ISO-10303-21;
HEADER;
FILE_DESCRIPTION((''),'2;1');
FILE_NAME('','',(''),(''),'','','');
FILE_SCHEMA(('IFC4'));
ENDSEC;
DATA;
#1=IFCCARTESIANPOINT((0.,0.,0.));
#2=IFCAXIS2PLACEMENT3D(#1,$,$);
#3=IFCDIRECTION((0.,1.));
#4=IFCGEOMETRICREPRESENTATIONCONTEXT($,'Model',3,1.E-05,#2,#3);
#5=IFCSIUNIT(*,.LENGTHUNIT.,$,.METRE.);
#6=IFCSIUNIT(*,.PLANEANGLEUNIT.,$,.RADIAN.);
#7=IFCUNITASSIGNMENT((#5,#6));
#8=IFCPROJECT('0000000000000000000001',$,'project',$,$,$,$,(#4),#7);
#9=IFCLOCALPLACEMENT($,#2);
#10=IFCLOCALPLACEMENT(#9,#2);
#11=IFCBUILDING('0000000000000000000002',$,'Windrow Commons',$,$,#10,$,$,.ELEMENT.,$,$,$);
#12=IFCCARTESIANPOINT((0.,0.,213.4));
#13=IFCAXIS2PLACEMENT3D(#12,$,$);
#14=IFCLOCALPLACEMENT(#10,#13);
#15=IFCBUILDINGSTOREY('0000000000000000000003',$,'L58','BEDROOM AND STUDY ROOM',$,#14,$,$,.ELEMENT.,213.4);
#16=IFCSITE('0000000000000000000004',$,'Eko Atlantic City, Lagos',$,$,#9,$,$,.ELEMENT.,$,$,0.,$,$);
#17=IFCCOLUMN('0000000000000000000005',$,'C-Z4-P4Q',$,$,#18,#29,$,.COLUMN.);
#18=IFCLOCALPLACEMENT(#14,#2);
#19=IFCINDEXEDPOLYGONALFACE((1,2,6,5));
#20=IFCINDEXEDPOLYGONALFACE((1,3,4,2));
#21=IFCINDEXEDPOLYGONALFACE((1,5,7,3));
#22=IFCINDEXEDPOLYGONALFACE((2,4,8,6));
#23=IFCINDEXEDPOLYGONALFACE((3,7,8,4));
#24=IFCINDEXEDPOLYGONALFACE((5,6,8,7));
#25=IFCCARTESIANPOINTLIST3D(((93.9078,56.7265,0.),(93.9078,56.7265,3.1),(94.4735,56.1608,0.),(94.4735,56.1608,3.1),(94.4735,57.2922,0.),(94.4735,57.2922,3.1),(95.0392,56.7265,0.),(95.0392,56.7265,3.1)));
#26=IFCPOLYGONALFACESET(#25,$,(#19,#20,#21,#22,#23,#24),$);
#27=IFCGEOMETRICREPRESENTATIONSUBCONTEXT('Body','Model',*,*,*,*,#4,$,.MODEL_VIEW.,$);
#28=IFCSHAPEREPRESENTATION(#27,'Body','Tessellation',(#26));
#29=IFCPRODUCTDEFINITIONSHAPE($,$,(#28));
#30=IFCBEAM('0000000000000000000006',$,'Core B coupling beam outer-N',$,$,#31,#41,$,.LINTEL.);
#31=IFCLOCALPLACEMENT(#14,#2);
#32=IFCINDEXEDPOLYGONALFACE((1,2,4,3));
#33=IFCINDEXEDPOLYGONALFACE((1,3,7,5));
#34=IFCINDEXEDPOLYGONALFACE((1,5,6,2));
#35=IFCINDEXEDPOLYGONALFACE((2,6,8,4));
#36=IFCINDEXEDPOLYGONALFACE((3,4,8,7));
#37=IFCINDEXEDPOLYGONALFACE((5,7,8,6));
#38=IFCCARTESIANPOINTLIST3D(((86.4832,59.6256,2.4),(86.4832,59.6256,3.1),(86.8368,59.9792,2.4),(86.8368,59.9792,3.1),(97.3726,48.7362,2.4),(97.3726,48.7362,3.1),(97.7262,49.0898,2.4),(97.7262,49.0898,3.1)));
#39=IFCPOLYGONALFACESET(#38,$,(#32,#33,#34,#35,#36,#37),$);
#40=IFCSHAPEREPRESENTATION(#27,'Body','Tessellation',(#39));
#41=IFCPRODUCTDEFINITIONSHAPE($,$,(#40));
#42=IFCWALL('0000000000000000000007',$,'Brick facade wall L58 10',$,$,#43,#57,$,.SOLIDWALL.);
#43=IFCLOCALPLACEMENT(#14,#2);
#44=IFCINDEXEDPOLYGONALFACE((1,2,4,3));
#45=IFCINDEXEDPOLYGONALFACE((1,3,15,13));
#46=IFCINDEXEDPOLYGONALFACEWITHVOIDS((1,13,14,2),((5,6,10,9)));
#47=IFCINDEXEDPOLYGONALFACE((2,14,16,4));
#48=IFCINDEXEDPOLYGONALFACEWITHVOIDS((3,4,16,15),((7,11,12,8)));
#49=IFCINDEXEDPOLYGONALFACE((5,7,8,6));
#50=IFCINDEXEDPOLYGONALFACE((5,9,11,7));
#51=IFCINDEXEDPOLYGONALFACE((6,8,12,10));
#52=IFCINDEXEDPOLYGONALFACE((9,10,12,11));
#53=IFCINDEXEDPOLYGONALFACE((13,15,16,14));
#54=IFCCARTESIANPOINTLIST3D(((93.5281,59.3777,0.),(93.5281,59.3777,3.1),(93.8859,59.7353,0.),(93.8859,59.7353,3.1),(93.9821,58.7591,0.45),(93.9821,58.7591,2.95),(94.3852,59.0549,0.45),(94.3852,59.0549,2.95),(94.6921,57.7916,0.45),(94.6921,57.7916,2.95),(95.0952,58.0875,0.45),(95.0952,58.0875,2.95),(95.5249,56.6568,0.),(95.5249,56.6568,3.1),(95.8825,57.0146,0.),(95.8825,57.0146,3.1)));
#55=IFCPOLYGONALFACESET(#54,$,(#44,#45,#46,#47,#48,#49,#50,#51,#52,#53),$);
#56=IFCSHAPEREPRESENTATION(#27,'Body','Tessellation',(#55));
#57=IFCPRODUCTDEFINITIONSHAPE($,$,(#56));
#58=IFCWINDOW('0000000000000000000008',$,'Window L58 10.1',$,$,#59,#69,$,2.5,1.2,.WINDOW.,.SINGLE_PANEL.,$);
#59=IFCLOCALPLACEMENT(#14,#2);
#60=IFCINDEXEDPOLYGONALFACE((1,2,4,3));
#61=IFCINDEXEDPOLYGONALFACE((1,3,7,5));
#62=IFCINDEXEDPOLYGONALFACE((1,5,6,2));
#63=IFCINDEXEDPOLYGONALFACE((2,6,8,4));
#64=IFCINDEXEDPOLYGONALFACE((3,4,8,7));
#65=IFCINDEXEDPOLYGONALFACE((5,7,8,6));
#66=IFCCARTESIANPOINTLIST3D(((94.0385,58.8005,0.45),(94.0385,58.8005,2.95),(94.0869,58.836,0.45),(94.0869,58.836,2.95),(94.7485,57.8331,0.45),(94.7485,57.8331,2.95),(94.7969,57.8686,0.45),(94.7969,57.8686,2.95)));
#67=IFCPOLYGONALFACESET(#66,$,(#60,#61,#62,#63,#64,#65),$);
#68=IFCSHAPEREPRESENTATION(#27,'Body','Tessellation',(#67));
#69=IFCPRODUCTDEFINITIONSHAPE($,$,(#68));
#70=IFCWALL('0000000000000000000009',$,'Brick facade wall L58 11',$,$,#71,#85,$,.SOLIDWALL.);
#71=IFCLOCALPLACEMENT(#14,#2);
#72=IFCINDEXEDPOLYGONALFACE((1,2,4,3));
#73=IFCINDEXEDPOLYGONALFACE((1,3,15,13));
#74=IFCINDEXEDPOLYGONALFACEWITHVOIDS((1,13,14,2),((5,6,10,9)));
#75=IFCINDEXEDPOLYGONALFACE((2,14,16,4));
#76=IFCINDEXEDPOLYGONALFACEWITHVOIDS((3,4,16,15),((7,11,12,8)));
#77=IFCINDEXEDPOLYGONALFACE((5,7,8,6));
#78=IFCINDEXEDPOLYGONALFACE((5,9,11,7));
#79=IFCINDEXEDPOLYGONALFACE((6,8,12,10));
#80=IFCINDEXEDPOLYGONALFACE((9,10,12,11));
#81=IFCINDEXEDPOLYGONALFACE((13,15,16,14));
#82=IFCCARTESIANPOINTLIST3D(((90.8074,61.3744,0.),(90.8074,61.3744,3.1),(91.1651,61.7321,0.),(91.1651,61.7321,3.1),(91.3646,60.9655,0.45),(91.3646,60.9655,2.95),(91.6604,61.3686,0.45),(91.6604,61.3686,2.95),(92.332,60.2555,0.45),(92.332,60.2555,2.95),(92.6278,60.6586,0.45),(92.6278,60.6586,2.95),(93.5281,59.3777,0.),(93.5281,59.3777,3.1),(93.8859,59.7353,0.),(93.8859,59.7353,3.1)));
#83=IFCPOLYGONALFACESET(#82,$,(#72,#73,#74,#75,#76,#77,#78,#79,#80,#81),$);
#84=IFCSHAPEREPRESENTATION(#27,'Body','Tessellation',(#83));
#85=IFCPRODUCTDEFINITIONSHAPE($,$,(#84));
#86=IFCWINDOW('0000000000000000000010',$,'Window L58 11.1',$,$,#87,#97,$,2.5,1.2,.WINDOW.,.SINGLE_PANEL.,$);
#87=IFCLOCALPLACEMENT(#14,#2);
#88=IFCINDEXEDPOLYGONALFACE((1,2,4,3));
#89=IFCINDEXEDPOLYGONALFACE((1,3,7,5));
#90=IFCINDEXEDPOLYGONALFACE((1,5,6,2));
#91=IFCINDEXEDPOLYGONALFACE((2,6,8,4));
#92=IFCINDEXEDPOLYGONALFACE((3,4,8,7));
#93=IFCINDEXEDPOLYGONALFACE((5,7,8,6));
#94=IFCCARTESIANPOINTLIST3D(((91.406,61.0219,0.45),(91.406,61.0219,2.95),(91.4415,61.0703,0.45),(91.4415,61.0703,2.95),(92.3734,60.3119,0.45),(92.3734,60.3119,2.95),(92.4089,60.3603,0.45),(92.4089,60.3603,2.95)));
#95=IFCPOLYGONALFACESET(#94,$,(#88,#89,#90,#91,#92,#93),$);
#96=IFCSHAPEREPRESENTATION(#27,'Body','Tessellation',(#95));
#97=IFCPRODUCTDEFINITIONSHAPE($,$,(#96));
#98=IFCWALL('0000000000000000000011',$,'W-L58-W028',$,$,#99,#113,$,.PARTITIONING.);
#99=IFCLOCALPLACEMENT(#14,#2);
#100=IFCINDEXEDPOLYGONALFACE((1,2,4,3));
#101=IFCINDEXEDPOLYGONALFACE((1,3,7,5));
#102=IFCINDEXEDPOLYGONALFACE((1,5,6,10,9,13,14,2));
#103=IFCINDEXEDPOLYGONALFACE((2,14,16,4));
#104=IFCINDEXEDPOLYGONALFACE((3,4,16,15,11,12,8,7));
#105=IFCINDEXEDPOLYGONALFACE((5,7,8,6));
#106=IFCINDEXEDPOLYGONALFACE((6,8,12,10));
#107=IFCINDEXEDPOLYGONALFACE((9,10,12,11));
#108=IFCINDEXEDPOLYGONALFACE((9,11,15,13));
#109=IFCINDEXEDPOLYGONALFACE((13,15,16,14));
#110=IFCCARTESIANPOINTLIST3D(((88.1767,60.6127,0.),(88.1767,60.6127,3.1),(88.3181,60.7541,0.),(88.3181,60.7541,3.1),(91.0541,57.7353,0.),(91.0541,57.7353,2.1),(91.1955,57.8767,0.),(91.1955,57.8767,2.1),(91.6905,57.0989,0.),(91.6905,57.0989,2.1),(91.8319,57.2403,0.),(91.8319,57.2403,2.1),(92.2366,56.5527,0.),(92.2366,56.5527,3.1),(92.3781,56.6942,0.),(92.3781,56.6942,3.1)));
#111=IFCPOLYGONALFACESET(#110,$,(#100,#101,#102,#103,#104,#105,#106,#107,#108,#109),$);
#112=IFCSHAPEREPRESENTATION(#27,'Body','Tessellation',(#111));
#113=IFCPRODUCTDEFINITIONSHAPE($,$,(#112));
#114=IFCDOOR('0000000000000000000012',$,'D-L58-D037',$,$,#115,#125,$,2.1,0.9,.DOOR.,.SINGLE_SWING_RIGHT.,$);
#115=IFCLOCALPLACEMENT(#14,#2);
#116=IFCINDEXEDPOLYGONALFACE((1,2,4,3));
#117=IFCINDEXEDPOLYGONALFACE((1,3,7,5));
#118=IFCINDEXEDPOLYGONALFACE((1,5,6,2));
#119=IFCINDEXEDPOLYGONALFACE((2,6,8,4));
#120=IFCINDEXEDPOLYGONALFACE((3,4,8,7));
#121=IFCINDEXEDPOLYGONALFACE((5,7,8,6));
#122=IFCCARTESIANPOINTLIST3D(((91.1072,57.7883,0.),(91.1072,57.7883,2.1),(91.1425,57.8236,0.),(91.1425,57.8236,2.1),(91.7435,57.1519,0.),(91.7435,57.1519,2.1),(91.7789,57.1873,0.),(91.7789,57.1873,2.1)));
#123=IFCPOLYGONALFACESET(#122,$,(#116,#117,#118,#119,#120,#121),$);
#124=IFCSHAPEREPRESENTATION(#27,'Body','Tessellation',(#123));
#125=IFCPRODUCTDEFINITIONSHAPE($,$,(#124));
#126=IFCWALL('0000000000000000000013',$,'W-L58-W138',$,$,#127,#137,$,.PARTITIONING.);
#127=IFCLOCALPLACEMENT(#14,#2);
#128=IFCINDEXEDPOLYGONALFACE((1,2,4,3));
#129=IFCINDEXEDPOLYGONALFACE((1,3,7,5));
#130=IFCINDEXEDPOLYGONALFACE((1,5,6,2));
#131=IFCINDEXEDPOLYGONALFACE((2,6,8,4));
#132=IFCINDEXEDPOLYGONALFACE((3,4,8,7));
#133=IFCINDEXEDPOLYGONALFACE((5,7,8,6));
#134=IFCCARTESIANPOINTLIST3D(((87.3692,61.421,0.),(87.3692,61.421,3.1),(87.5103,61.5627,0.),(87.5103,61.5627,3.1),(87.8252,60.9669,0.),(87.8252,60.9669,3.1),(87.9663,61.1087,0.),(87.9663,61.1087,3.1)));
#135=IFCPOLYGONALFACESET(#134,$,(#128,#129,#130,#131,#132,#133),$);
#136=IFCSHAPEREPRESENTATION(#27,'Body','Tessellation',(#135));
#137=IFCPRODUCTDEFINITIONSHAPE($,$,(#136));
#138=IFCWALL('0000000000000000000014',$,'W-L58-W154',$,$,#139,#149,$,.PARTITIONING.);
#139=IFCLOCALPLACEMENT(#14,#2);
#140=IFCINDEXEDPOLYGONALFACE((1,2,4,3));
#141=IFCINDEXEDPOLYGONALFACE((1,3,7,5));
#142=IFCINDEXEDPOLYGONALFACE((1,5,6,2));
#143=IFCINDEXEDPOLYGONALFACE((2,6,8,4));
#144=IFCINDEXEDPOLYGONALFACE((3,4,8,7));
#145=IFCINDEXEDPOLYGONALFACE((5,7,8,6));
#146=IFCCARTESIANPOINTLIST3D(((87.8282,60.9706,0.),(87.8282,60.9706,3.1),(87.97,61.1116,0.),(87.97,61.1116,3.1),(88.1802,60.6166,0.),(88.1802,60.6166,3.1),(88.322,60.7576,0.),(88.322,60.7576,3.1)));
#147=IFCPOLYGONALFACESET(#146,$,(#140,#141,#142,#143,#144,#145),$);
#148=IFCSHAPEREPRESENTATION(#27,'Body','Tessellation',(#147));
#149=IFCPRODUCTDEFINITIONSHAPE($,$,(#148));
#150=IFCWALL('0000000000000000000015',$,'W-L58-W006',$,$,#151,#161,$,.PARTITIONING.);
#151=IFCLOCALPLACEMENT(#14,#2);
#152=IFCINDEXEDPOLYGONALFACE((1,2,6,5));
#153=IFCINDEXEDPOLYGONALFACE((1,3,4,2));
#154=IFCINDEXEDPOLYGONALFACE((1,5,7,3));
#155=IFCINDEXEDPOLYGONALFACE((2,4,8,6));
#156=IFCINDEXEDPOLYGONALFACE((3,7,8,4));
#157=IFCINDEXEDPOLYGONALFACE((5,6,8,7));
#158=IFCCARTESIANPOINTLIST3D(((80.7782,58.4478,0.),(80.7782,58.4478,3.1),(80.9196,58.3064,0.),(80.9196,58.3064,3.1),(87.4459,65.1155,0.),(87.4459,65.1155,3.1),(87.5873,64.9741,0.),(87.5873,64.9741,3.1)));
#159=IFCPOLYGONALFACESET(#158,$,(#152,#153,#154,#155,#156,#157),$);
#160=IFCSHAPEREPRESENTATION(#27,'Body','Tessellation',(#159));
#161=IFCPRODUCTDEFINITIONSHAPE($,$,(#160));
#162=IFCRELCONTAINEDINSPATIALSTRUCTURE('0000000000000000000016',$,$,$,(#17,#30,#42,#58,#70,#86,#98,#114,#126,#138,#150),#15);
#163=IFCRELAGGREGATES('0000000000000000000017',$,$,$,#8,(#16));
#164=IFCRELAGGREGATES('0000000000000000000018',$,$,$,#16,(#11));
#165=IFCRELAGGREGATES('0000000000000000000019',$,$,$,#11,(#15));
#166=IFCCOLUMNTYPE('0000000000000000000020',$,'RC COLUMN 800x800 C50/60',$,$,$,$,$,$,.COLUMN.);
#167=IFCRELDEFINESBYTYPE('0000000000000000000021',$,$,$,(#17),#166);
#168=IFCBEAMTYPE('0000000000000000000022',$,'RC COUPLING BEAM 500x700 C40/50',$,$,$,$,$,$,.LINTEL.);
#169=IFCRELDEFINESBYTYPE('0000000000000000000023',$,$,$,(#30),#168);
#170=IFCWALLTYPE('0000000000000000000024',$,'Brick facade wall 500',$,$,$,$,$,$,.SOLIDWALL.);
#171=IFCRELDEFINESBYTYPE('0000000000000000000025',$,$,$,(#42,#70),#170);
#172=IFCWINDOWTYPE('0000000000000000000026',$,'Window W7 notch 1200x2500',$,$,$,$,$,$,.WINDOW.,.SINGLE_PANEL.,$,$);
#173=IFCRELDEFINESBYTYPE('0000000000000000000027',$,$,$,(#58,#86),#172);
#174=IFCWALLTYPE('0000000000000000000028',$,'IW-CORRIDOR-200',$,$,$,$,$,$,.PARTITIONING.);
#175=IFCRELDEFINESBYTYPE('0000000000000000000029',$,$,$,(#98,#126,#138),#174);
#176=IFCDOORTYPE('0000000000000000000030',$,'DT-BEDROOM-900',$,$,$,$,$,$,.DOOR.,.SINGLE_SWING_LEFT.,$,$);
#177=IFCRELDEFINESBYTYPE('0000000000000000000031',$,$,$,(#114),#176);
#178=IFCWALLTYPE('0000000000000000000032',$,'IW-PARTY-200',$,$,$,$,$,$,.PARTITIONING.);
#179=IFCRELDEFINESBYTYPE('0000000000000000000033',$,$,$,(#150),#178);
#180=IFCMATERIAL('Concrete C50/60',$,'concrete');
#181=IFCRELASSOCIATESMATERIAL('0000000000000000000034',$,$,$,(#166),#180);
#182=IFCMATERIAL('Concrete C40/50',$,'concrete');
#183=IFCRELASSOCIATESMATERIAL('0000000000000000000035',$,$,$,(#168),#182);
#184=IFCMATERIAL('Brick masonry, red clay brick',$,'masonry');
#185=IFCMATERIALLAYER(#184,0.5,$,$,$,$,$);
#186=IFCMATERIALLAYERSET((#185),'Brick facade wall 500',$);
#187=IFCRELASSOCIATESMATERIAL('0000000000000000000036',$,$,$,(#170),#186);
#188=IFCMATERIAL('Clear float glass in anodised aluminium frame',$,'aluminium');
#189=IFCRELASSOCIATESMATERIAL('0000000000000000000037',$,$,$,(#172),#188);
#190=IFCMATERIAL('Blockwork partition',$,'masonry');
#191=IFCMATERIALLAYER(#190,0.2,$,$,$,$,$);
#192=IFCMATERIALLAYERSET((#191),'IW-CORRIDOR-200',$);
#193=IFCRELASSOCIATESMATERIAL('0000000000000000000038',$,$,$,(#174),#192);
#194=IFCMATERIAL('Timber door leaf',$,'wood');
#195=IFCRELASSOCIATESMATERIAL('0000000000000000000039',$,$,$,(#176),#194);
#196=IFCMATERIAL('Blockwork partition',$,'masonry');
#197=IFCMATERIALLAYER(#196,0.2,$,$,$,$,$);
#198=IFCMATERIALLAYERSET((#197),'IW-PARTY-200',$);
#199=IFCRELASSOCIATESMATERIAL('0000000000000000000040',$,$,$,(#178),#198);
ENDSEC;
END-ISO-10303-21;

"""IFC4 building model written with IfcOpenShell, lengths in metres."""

from ifc_helpers import new_model, si_unit, direction, frame, frame_2d, origin, origin_2d, place, context, subcontext, project, spatial, polyline, rectangle, outline, extrude, material, layer, layer_set, material_profile, profile_set, type_object, element, fill, save


model = new_model("IFC4")

# Units and contexts
model_context = context("Model", 3, precision=1e-05, world=origin(), true_north=direction((0.0, 1.0)))
body_context = subcontext(model_context, "Body", "Model", "MODEL_VIEW")
ifc_project = project(units=[si_unit("LENGTHUNIT", "METRE"), si_unit("PLANEANGLEUNIT", "RADIAN")], contexts=[model_context])

# Site, building, storey
site_placement = place(None, origin())
site = spatial("IfcSite", under=ifc_project, at=site_placement, Name="Eko Atlantic City, Lagos", CompositionType="ELEMENT", RefElevation=0.0)
building_placement = place(site_placement, origin())
building = spatial("IfcBuilding", under=site, at=building_placement, Name="Windrow Commons", CompositionType="ELEMENT")
storey_placement = place(building_placement, frame((0.0, 0.0, 213.4)))
storey = spatial("IfcBuildingStorey", under=building, at=storey_placement, Name="L58", Description="BEDROOM AND STUDY ROOM", CompositionType="ELEMENT", Elevation=213.4)

# Column
ifc_material_1 = material(Name="Concrete C50/60", Category="concrete")
ifc_material_profile_1 = material_profile(ifc_material_1, rectangle(XDim=0.8, YDim=0.8, at=origin_2d()))
ifc_profile_set_1 = profile_set([ifc_material_profile_1], Name="Concrete C50/60")
column_type = type_object("IfcColumnType", Name="RC COLUMN 800x800 C50/60", PredefinedType="COLUMN", material=ifc_profile_set_1)
column_placement = place(storey_placement, frame((94.4735, 56.7265, 0.0), z_axis=(0.0, 0.0, 1.0), x_axis=(0.707107, -0.707107, 0.0)))
element("IfcColumn", 1, at=column_placement, inside=storey, type_object=column_type, Name="C-Z4-P4Q", PredefinedType="COLUMN", context=body_context, shape_type="SweptSolid", body=[
    extrude(rectangle(XDim=0.8, YDim=0.8, at=origin_2d()), origin(), (0.0, 0.0, 1.0), 3.1),
])

# Beam
ifc_material_2 = material(Name="Concrete C40/50", Category="concrete")
ifc_material_profile_2 = material_profile(ifc_material_2, rectangle(XDim=0.5, YDim=0.7, at=origin_2d()))
ifc_profile_set_2 = profile_set([ifc_material_profile_2], Name="Concrete C40/50")
beam_type = type_object("IfcBeamType", Name="RC COUPLING BEAM 500x700 C40/50", PredefinedType="LINTEL", material=ifc_profile_set_2)
beam_placement = place(storey_placement, frame((86.66, 59.8024, 2.75), z_axis=(0.707107, -0.707107, 0.0), x_axis=(0.707107, 0.707107, 0.0)))
element("IfcBeam", 2, at=beam_placement, inside=storey, type_object=beam_type, Name="Core B coupling beam outer-N", PredefinedType="LINTEL", context=body_context, shape_type="SweptSolid", body=[
    extrude(rectangle(XDim=0.5, YDim=0.7, at=origin_2d()), origin(), (0.0, 0.0, 1.0), 15.3999),
])

# Walls, openings, windows
ifc_material_3 = material(Name="Brick masonry, red clay brick", Category="masonry")
ifc_layer_1 = layer(ifc_material_3, 0.5)
ifc_layer_set_1 = layer_set([ifc_layer_1], Name="Brick facade wall 500")
wall_type_1 = type_object("IfcWallType", Name="Brick facade wall 500", PredefinedType="SOLIDWALL", material=ifc_layer_set_1)
wall_1_placement = place(storey_placement, frame((95.7037, 56.8357, 0.0), z_axis=(0.0, 0.0, 1.0), x_axis=(-0.591642, 0.806201, 0.0)))
wall_1 = element("IfcWall", 3, at=wall_1_placement, inside=storey, type_object=wall_type_1, Name="Brick facade wall L58 10", PredefinedType="SOLIDWALL", context=body_context, shape_type="SweptSolid", body=[
    extrude(outline(polyline([(0.0384, -0.25), (3.4132, -0.25), (3.3365, 0.25), (-0.0384, 0.25), (0.0384, -0.25)])), origin(), (0.0, 0.0, 1.0), 3.1),
])
opening_1_placement = place(wall_1_placement, frame((1.3692, 0.0, 0.45)))
opening_1 = element("IfcOpeningElement", 4, at=opening_1_placement, cuts=wall_1, PredefinedType="OPENING", context=body_context, shape_type="SweptSolid", body=[
    extrude(rectangle(XDim=1.2, YDim=2.5, at=frame_2d((0.6, 1.25))), frame((0.0, 0.26, 0.0), z_axis=(0.0, -1.0, 0.0), x_axis=(1.0, 0.0, 0.0)), (0.0, 0.0, 1.0), 0.52),
])
ifc_material_4 = material(Name="Clear float glass in anodised aluminium frame", Category="aluminium")
window_type = type_object("IfcWindowType", Name="Window W7 notch 1200x2500", PartitioningType="SINGLE_PANEL", PredefinedType="WINDOW", material=ifc_material_4)
window_1_placement = place(opening_1_placement, origin())
window_1 = element("IfcWindow", 5, at=window_1_placement, inside=storey, type_object=window_type, Name="Window L58 10.1", OverallHeight=2.5, OverallWidth=1.2, PartitioningType="SINGLE_PANEL", PredefinedType="WINDOW", context=body_context, shape_type="SweptSolid", body=[
    extrude(rectangle(XDim=1.2, YDim=2.5, at=frame_2d((0.6, 1.25))), frame((0.0, 0.18, 0.0), z_axis=(0.0, -1.0, 0.0), x_axis=(1.0, 0.0, 0.0)), (0.0, 0.0, 1.0), 0.06),
])
fill(opening_1, window_1)
wall_2_placement = place(storey_placement, frame((93.707, 59.5565, 0.0), z_axis=(0.0, 0.0, 1.0), x_axis=(-0.80619, 0.591657, 0.0)))
wall_2 = element("IfcWall", 6, at=wall_2_placement, inside=storey, type_object=wall_type_1, Name="Brick facade wall L58 11", PredefinedType="SOLIDWALL", context=body_context, shape_type="SweptSolid", body=[
    extrude(outline(polyline([(-0.0384, -0.25), (3.3365, -0.25), (3.4132, 0.25), (0.0384, 0.25), (-0.0384, -0.25)])), origin(), (0.0, 0.0, 1.0), 3.1),
])
opening_2_placement = place(wall_2_placement, frame((1.5221, 0.0, 0.45)))
opening_2 = element("IfcOpeningElement", 7, at=opening_2_placement, cuts=wall_2, PredefinedType="OPENING", context=body_context, shape_type="SweptSolid", body=[
    extrude(rectangle(XDim=1.2, YDim=2.5, at=frame_2d((0.6, 1.25))), frame((0.0, 0.26, 0.0), z_axis=(0.0, -1.0, 0.0), x_axis=(1.0, 0.0, 0.0)), (0.0, 0.0, 1.0), 0.52),
])
window_2_placement = place(opening_2_placement, origin())
window_2 = element("IfcWindow", 8, at=window_2_placement, inside=storey, type_object=window_type, Name="Window L58 11.1", OverallHeight=2.5, OverallWidth=1.2, PartitioningType="SINGLE_PANEL", PredefinedType="WINDOW", context=body_context, shape_type="SweptSolid", body=[
    extrude(rectangle(XDim=1.2, YDim=2.5, at=frame_2d((0.6, 1.25))), frame((0.0, 0.18, 0.0), z_axis=(0.0, -1.0, 0.0), x_axis=(1.0, 0.0, 0.0)), (0.0, 0.0, 1.0), 0.06),
])
fill(opening_2, window_2)

# Wall, opening, door
ifc_material_5 = material(Name="Blockwork partition", Category="masonry")
ifc_layer_2 = layer(ifc_material_5, 0.2)
ifc_layer_set_2 = layer_set([ifc_layer_2], Name="IW-CORRIDOR-200")
wall_type_2 = type_object("IfcWallType", Name="IW-CORRIDOR-200", PredefinedType="PARTITIONING", material=ifc_layer_set_2)
wall_3_placement = place(storey_placement, frame((88.2474, 60.6834, 0.0), z_axis=(0.0, 0.0, 1.0), x_axis=(0.707107, -0.707107, 0.0)))
wall_3 = element("IfcWall", 9, at=wall_3_placement, inside=storey, type_object=wall_type_2, Name="W-L58-W028", PredefinedType="PARTITIONING", context=body_context, shape_type="SweptSolid", body=[
    extrude(rectangle(XDim=5.7417, YDim=0.2, at=frame_2d((2.8708, 0.0))), origin(), (0.0, 0.0, 1.0), 3.1),
])
opening_3_placement = place(wall_3_placement, frame((4.0693, 0.0, 0.0)))
opening_3 = element("IfcOpeningElement", 10, at=opening_3_placement, cuts=wall_3, PredefinedType="OPENING", context=body_context, shape_type="SweptSolid", body=[
    extrude(rectangle(XDim=0.9, YDim=2.1, at=frame_2d((0.45, 1.05))), frame((0.0, 0.11, 0.0), z_axis=(0.0, -1.0, 0.0), x_axis=(1.0, 0.0, 0.0)), (0.0, 0.0, 1.0), 0.22),
])
ifc_material_6 = material(Name="Timber door leaf", Category="wood")
door_type_1 = type_object("IfcDoorType", Name="DT-BEDROOM-900", OperationType="SINGLE_SWING_LEFT", PredefinedType="DOOR", material=ifc_material_6)
door_1_placement = place(opening_3_placement, origin())
door_1 = element("IfcDoor", 11, at=door_1_placement, inside=storey, type_object=door_type_1, Name="D-L58-D037", OperationType="SINGLE_SWING_RIGHT", OverallHeight=2.1, OverallWidth=0.9, PredefinedType="DOOR", context=body_context, shape_type="SweptSolid", body=[
    extrude(rectangle(XDim=0.9, YDim=2.1, at=frame_2d((0.45, 1.05))), frame((0.0, 0.025, 0.0), z_axis=(0.0, -1.0, 0.0), x_axis=(1.0, 0.0, 0.0)), (0.0, 0.0, 1.0), 0.05),
])
fill(opening_3, door_1)

# Walls
wall_4_placement = place(storey_placement, frame((87.4398, 61.4918, 0.0), z_axis=(0.0, 0.0, 1.0), x_axis=(0.708659, -0.705551, 0.0)))
element("IfcWall", 12, at=wall_4_placement, inside=storey, type_object=wall_type_2, Name="W-L58-W138", PredefinedType="PARTITIONING", context=body_context, shape_type="SweptSolid", body=[
    extrude(rectangle(XDim=0.6435, YDim=0.2, at=frame_2d((0.3217, 0.0))), origin(), (0.0, 0.0, 1.0), 3.1),
])
wall_5_placement = place(storey_placement, frame((87.8991, 61.0411, 0.0), z_axis=(0.0, 0.0, 1.0), x_axis=(0.705101, -0.709107, 0.0)))
element("IfcWall", 13, at=wall_5_placement, inside=storey, type_object=wall_type_2, Name="W-L58-W154", PredefinedType="PARTITIONING", context=body_context, shape_type="SweptSolid", body=[
    extrude(rectangle(XDim=0.4992, YDim=0.2, at=frame_2d((0.2496, 0.0))), origin(), (0.0, 0.0, 1.0), 3.1),
])
ifc_material_7 = material(Name="Blockwork partition", Category="masonry")
ifc_layer_3 = layer(ifc_material_7, 0.2)
ifc_layer_set_3 = layer_set([ifc_layer_3], Name="IW-PARTY-200")
wall_type_3 = type_object("IfcWallType", Name="IW-PARTY-200", PredefinedType="PARTITIONING", material=ifc_layer_set_3)
wall_6_placement = place(storey_placement, frame((80.8489, 58.3771, 0.0), z_axis=(0.0, 0.0, 1.0), x_axis=(0.707107, 0.707107, 0.0)))
element("IfcWall", 14, at=wall_6_placement, inside=storey, type_object=wall_type_3, Name="W-L58-W006", PredefinedType="PARTITIONING", context=body_context, shape_type="SweptSolid", body=[
    extrude(rectangle(XDim=9.4296, YDim=0.2, at=frame_2d((4.7148, 0.0))), origin(), (0.0, 0.0, 1.0), 3.1),
])

save(model, "model.ifc")
